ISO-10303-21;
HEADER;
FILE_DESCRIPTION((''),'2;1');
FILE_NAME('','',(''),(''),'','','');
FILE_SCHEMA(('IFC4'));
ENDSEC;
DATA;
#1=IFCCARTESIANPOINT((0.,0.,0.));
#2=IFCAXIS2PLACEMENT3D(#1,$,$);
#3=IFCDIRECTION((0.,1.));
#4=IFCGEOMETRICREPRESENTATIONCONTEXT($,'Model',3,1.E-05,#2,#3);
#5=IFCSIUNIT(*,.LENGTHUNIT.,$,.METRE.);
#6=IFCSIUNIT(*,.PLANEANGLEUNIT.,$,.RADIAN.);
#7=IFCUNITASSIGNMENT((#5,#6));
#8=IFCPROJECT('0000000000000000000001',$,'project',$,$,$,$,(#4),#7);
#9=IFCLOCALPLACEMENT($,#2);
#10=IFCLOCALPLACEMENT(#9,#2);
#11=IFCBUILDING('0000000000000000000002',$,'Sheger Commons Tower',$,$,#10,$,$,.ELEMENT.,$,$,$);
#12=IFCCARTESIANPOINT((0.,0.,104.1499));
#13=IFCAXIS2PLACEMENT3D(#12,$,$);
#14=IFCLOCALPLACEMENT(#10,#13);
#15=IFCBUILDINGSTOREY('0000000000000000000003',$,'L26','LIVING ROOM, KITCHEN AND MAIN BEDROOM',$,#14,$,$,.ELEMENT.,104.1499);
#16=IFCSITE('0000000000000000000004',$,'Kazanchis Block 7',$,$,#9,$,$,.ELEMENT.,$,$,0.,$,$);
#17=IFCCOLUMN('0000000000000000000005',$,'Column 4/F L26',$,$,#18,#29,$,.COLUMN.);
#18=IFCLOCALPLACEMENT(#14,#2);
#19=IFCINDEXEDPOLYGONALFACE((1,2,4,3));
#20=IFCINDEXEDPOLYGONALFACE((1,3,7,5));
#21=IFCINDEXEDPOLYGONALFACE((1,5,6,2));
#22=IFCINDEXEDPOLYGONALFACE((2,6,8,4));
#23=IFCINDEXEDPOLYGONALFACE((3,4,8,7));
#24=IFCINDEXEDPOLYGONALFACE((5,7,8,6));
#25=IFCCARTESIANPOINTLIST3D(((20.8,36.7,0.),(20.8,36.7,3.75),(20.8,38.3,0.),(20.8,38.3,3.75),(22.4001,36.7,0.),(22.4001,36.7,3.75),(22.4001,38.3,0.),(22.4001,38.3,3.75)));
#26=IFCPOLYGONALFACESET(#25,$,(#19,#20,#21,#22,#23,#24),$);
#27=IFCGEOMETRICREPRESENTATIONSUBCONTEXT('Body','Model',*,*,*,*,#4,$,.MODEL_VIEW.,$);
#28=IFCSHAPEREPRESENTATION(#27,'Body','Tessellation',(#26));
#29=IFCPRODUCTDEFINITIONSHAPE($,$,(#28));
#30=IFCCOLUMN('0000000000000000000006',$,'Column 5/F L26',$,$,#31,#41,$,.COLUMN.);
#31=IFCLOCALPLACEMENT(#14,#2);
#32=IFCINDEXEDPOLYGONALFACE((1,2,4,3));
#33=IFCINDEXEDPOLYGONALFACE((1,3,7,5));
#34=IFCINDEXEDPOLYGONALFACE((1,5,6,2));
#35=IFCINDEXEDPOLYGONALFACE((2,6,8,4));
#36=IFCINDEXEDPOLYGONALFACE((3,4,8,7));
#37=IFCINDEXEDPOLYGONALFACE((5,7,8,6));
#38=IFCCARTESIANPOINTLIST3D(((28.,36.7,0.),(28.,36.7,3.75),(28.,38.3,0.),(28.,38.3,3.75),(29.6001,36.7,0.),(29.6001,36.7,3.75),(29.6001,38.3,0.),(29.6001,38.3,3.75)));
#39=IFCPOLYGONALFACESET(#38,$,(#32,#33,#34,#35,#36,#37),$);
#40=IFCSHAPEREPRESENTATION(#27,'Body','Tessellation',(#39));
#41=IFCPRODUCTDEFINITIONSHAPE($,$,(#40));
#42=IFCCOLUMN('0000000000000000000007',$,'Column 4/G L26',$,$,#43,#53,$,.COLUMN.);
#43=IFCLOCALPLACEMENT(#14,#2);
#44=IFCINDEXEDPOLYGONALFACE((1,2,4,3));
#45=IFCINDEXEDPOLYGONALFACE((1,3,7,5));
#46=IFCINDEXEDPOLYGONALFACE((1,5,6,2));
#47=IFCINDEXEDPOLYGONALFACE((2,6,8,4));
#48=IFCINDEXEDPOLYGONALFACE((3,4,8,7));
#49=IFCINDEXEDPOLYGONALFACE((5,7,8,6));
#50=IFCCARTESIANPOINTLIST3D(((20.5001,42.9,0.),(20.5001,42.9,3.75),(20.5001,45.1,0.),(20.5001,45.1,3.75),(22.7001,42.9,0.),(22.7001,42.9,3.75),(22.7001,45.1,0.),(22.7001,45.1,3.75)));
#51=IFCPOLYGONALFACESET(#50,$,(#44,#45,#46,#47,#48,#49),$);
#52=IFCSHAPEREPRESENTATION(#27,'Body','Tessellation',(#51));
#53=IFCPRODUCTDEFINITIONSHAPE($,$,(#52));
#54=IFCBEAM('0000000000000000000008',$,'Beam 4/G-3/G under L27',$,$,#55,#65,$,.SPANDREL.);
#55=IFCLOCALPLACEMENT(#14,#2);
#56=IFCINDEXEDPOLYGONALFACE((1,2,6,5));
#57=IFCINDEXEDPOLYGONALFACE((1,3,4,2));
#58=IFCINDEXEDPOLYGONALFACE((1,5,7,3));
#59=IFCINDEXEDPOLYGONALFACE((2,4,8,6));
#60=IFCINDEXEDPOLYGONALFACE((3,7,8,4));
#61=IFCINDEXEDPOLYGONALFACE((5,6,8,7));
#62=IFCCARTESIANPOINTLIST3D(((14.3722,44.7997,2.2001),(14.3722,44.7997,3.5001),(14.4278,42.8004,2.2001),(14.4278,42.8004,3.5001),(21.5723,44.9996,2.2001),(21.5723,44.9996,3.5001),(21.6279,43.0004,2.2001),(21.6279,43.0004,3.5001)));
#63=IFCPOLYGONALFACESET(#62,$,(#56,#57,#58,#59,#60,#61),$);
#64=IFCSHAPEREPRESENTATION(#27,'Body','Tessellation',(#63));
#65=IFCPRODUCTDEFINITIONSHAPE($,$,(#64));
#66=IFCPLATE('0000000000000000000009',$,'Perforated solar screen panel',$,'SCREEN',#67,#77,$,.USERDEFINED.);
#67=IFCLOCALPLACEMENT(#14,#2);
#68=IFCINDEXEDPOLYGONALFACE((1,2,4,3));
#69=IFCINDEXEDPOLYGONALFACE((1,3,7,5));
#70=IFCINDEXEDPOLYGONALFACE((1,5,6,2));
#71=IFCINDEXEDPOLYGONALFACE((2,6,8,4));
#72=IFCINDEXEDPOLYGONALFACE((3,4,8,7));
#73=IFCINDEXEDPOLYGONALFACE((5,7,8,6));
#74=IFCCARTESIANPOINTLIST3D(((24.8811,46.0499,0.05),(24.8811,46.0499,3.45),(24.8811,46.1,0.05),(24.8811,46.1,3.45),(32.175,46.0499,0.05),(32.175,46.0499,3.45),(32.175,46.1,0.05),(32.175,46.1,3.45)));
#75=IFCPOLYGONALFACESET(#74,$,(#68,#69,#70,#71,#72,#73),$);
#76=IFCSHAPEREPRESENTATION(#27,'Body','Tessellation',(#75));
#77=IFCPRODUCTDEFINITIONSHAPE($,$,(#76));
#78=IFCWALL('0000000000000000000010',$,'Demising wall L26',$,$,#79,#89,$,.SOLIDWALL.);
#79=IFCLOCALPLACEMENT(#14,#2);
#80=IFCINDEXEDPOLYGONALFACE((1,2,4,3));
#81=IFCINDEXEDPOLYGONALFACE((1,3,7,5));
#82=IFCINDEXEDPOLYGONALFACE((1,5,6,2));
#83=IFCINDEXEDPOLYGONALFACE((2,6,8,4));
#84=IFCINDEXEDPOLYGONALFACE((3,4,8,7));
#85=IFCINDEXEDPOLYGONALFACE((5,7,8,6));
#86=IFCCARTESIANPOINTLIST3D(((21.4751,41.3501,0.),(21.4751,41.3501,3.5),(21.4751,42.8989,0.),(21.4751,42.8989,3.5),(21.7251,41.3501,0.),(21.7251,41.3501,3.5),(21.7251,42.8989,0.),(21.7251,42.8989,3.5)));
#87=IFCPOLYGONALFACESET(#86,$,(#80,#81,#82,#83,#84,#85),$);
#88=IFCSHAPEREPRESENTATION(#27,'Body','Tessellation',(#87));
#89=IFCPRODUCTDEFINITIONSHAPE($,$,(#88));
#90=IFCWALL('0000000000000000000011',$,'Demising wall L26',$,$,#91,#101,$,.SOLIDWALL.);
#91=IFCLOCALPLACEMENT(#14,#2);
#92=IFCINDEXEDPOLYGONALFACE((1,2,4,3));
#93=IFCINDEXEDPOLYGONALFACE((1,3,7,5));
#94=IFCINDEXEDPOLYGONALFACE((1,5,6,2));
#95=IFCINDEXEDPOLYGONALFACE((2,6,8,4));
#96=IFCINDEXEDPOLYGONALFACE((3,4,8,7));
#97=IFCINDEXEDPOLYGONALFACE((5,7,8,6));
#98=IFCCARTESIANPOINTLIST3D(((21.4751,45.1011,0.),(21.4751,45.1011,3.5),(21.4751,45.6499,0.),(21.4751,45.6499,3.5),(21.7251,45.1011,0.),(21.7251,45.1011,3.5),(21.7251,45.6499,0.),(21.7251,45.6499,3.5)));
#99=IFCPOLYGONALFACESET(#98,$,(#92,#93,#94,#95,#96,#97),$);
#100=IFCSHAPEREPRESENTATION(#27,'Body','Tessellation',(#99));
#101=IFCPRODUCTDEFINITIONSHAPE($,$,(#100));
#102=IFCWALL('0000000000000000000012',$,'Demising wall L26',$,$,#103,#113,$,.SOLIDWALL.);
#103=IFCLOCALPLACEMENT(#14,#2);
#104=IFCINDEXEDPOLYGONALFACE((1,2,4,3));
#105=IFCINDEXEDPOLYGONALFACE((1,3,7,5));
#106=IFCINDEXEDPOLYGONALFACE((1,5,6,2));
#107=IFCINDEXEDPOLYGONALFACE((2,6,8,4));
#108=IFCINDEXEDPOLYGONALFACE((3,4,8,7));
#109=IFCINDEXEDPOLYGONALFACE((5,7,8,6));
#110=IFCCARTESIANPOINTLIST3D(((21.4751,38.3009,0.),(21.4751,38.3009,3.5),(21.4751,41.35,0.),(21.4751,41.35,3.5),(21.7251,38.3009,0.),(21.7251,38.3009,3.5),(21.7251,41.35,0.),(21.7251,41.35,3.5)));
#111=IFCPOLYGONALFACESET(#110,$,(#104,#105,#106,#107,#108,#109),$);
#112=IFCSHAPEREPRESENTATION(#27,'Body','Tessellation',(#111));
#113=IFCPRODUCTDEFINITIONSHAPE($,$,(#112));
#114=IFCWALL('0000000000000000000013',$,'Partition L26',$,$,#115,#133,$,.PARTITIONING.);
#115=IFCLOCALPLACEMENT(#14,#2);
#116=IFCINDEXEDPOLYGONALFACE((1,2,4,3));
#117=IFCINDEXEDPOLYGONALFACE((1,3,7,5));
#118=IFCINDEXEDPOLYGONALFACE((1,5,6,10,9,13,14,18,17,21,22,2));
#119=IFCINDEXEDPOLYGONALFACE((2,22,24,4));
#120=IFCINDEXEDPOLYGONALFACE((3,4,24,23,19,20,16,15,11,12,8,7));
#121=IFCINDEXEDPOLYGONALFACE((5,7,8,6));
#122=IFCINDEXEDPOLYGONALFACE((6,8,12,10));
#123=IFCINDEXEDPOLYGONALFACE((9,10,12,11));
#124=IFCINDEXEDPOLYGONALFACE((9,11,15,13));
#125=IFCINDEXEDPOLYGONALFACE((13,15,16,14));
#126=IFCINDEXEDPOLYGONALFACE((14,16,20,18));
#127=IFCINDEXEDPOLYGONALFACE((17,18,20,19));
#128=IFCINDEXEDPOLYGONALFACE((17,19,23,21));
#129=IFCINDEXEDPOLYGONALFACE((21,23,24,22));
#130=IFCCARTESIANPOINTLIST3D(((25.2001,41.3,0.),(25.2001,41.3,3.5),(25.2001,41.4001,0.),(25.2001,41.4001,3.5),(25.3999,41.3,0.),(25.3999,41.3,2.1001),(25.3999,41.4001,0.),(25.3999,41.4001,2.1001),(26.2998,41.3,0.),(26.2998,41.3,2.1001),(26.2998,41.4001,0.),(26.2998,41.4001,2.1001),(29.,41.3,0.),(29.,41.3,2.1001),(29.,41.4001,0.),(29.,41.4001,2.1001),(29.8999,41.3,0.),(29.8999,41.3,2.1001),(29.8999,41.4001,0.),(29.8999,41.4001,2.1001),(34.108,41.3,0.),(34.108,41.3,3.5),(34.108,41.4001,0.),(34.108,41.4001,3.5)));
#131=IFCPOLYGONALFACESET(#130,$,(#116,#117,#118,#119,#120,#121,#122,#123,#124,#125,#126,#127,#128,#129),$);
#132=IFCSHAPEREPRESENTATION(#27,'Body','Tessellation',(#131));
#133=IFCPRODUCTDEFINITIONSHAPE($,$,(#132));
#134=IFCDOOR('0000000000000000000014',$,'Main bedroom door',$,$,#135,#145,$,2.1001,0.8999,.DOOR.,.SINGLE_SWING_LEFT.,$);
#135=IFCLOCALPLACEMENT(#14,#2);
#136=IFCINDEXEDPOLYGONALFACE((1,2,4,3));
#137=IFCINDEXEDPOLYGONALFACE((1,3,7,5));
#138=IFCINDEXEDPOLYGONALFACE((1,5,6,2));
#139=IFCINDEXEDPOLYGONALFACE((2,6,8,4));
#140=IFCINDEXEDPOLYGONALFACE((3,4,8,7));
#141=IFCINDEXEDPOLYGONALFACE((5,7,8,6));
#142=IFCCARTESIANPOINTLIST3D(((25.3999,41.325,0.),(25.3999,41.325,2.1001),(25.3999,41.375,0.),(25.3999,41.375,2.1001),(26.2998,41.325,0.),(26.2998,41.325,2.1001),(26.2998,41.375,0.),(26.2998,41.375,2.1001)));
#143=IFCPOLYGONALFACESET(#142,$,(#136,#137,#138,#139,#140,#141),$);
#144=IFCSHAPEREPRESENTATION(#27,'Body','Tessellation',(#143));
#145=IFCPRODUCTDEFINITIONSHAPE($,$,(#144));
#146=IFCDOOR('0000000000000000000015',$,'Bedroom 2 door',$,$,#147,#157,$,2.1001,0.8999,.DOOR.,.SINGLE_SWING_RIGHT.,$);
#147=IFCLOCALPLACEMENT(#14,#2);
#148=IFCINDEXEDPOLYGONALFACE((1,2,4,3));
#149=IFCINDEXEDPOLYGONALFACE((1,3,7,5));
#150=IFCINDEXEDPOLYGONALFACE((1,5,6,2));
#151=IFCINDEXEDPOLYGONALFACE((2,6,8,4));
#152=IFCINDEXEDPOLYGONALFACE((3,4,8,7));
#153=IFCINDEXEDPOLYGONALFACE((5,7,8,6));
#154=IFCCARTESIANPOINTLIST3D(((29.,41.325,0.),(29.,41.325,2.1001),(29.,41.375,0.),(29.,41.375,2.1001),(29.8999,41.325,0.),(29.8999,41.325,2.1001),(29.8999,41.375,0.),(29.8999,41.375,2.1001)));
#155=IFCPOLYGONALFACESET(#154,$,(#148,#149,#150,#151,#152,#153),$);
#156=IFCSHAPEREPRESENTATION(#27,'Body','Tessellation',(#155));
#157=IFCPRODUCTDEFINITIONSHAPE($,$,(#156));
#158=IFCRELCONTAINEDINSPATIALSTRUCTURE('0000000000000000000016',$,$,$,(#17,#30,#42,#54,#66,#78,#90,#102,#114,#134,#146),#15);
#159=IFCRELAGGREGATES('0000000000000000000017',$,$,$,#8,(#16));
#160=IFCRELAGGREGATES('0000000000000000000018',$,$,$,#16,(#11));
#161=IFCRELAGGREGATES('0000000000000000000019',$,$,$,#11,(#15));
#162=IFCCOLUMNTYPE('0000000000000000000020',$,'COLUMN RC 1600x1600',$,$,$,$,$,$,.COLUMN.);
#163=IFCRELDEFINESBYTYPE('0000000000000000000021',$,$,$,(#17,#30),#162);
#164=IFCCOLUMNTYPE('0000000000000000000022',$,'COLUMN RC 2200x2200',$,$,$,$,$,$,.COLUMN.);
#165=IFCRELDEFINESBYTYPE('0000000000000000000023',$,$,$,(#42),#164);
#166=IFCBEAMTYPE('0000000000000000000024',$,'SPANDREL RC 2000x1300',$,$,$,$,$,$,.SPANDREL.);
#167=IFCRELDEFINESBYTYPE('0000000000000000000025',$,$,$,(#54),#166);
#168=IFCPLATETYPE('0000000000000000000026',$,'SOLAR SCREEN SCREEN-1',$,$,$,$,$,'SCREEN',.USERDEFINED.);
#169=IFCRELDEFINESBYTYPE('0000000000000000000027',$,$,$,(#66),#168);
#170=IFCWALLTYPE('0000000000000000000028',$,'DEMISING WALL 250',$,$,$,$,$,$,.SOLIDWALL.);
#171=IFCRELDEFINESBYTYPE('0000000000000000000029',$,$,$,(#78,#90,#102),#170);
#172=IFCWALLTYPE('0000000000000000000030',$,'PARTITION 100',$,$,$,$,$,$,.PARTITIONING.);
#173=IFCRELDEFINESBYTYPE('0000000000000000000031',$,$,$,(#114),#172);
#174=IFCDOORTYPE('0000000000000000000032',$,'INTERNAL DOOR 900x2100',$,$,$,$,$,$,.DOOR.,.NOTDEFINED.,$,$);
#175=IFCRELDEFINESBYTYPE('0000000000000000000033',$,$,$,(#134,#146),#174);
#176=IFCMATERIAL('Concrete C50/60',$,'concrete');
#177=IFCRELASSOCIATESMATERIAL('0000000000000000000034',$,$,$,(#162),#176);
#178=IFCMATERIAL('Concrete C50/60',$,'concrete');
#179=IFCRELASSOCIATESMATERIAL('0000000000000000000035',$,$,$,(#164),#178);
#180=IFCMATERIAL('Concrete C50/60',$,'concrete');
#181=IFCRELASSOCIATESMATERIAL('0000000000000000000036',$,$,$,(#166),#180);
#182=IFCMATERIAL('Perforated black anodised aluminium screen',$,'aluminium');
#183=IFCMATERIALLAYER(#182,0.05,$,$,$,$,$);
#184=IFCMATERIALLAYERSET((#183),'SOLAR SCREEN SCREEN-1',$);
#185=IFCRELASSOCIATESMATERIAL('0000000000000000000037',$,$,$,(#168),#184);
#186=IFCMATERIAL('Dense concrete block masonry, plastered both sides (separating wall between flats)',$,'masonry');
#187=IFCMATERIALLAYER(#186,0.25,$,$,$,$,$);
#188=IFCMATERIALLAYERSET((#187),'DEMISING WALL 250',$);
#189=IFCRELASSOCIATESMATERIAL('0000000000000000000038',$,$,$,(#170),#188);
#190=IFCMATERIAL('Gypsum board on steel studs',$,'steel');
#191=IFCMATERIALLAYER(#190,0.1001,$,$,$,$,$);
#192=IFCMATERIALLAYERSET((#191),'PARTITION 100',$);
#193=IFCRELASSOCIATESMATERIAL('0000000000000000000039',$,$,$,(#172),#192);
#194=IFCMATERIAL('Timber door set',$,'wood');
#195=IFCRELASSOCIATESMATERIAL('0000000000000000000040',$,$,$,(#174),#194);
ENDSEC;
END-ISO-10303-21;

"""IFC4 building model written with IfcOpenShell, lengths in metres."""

from ifc_helpers import new_model, si_unit, direction, frame, frame_2d, origin, origin_2d, place, context, subcontext, project, spatial, rectangle, extrude, material, layer, layer_set, material_profile, profile_set, type_object, element, fill, save


model = new_model("IFC4")

# Units and contexts
model_context = context("Model", 3, precision=1e-05, world=origin(), true_north=direction((0.0, 1.0)))
body_context = subcontext(model_context, "Body", "Model", "MODEL_VIEW")
ifc_project = project(units=[si_unit("LENGTHUNIT", "METRE"), si_unit("PLANEANGLEUNIT", "RADIAN")], contexts=[model_context])

# Site, building, storey
site_placement = place(None, origin())
site = spatial("IfcSite", under=ifc_project, at=site_placement, Name="Kazanchis Block 7", CompositionType="ELEMENT", RefElevation=0.0)
building_placement = place(site_placement, origin())
building = spatial("IfcBuilding", under=site, at=building_placement, Name="Sheger Commons Tower", CompositionType="ELEMENT")
storey_placement = place(building_placement, frame((0.0, 0.0, 104.1499)))
storey = spatial("IfcBuildingStorey", under=building, at=storey_placement, Name="L26", Description="LIVING ROOM, KITCHEN AND MAIN BEDROOM", CompositionType="ELEMENT", Elevation=104.1499)

# Columns
ifc_material_1 = material(Name="Concrete C50/60", Category="concrete")
ifc_material_profile_1 = material_profile(ifc_material_1, rectangle(XDim=1.6001, YDim=1.6001, at=origin_2d()), Name="RC 1600x1600")
ifc_profile_set_1 = profile_set([ifc_material_profile_1], Name="Concrete C50/60")
column_type_1 = type_object("IfcColumnType", Name="COLUMN RC 1600x1600", PredefinedType="COLUMN", material=ifc_profile_set_1)
for number, where, z_axis, x_axis, name in (
    (1, (21.6001, 37.5, 0.0), (0.0, 0.0, 1.0), (1.0, 0.0, 0.0), "Column 4/F L26"),
    (2, (28.8, 37.5, 0.0), (0.0, 0.0, 1.0), (1.0, 0.0, 0.0), "Column 5/F L26"),
):
    element("IfcColumn", number, at=place(storey_placement, frame(where, z_axis=z_axis, x_axis=x_axis)), inside=storey, type_object=column_type_1, Name=name, PredefinedType="COLUMN", context=body_context, shape_type="SweptSolid", body=[
        extrude(rectangle(XDim=1.6001, YDim=1.6001, at=origin_2d()), origin(), (0.0, 0.0, 1.0), 3.75),
    ])
ifc_material_2 = material(Name="Concrete C50/60", Category="concrete")
ifc_material_profile_2 = material_profile(ifc_material_2, rectangle(XDim=2.2, YDim=2.2, at=origin_2d()), Name="RC 2200x2200")
ifc_profile_set_2 = profile_set([ifc_material_profile_2], Name="Concrete C50/60")
column_type_2 = type_object("IfcColumnType", Name="COLUMN RC 2200x2200", PredefinedType="COLUMN", material=ifc_profile_set_2)
column_placement = place(storey_placement, frame((21.6001, 44.0, 0.0), z_axis=(0.0, 0.0, 1.0), x_axis=(1.0, 0.0, 0.0)))
element("IfcColumn", 3, at=column_placement, inside=storey, type_object=column_type_2, Name="Column 4/G L26", PredefinedType="COLUMN", context=body_context, shape_type="SweptSolid", body=[
    extrude(rectangle(XDim=2.2, YDim=2.2, at=origin_2d()), origin(), (0.0, 0.0, 1.0), 3.75),
])

# Beam
ifc_material_3 = material(Name="Concrete C50/60", Category="concrete")
ifc_material_profile_3 = material_profile(ifc_material_3, rectangle(XDim=2.0, YDim=1.3, at=origin_2d()), Name="RC 2000x1300")
ifc_profile_set_3 = profile_set([ifc_material_profile_3], Name="Concrete C50/60")
beam_type = type_object("IfcBeamType", Name="SPANDREL RC 2000x1300", PredefinedType="SPANDREL", material=ifc_profile_set_3)
beam_placement = place(storey_placement, frame((21.6001, 44.0, 2.8501), z_axis=(-0.999615, -0.02776, 0.0), x_axis=(0.02776, -0.999615, 0.0)))
element("IfcBeam", 4, at=beam_placement, inside=storey, type_object=beam_type, Name="Beam 4/G-3/G under L27", PredefinedType="SPANDREL", context=body_context, shape_type="SweptSolid", body=[
    extrude(rectangle(XDim=2.0, YDim=1.3, at=origin_2d()), origin(), (0.0, 0.0, 1.0), 7.2029),
])

# Plate
ifc_material_4 = material(Name="Perforated black anodised aluminium screen", Category="aluminium")
ifc_layer_1 = layer(ifc_material_4, 0.05)
ifc_layer_set_1 = layer_set([ifc_layer_1], Name="SOLAR SCREEN SCREEN-1")
plate_type = type_object("IfcPlateType", Name="SOLAR SCREEN SCREEN-1", ElementType="SCREEN", PredefinedType="USERDEFINED", material=ifc_layer_set_1)
plate_placement = place(storey_placement, frame((28.5281, 46.075, 0.05), z_axis=(0.0, 0.0, 1.0), x_axis=(-1.0, 0.0, 0.0)))
element("IfcPlate", 5, at=plate_placement, inside=storey, type_object=plate_type, Name="Perforated solar screen panel", ObjectType="SCREEN", PredefinedType="USERDEFINED", context=body_context, shape_type="SweptSolid", body=[
    extrude(rectangle(XDim=7.2939, YDim=0.05, at=origin_2d()), origin(), (0.0, 0.0, 1.0), 3.3999),
])

# Walls
ifc_material_5 = material(Name="Dense concrete block masonry, plastered both sides (separating wall between flats)", Category="masonry")
ifc_layer_2 = layer(ifc_material_5, 0.25)
ifc_layer_set_2 = layer_set([ifc_layer_2], Name="DEMISING WALL 250")
wall_type_1 = type_object("IfcWallType", Name="DEMISING WALL 250", PredefinedType="SOLIDWALL", material=ifc_layer_set_2)
wall_1_placement = place(storey_placement, frame((21.6001, 41.3501, 0.0), z_axis=(0.0, 0.0, 1.0), x_axis=(0.0, 1.0, 0.0)))
element("IfcWall", 6, at=wall_1_placement, inside=storey, type_object=wall_type_1, Name="Demising wall L26", PredefinedType="SOLIDWALL", context=body_context, shape_type="SweptSolid", body=[
    extrude(rectangle(XDim=1.5488, YDim=0.25, at=frame_2d((0.7744, 0.0))), origin(), (0.0, 0.0, 1.0), 3.5),
])
wall_2_placement = place(storey_placement, frame((21.6001, 45.1011, 0.0), z_axis=(0.0, 0.0, 1.0), x_axis=(0.0, 1.0, 0.0)))
element("IfcWall", 7, at=wall_2_placement, inside=storey, type_object=wall_type_1, Name="Demising wall L26", PredefinedType="SOLIDWALL", context=body_context, shape_type="SweptSolid", body=[
    extrude(rectangle(XDim=0.5488, YDim=0.25, at=frame_2d((0.2744, 0.0))), origin(), (0.0, 0.0, 1.0), 3.5),
])
wall_3_placement = place(storey_placement, frame((21.6001, 38.301, 0.0), z_axis=(0.0, 0.0, 1.0), x_axis=(0.0, 1.0, 0.0)))
element("IfcWall", 8, at=wall_3_placement, inside=storey, type_object=wall_type_1, Name="Demising wall L26", PredefinedType="SOLIDWALL", context=body_context, shape_type="SweptSolid", body=[
    extrude(rectangle(XDim=3.0491, YDim=0.25, at=frame_2d((1.5244, 0.0))), origin(), (0.0, 0.0, 1.0), 3.5),
])

# Wall, openings, doors
ifc_material_6 = material(Name="Gypsum board on steel studs", Category="steel")
ifc_layer_3 = layer(ifc_material_6, 0.1001)
ifc_layer_set_3 = layer_set([ifc_layer_3], Name="PARTITION 100")
wall_type_2 = type_object("IfcWallType", Name="PARTITION 100", PredefinedType="PARTITIONING", material=ifc_layer_set_3)
wall_4_placement = place(storey_placement, frame((25.2, 41.3501, 0.0), z_axis=(0.0, 0.0, 1.0), x_axis=(1.0, 0.0, 0.0)))
wall_4 = element("IfcWall", 9, at=wall_4_placement, inside=storey, type_object=wall_type_2, Name="Partition L26", PredefinedType="PARTITIONING", context=body_context, shape_type="SweptSolid", body=[
    extrude(rectangle(XDim=8.908, YDim=0.1001, at=frame_2d((4.4541, 0.0))), origin(), (0.0, 0.0, 1.0), 3.5),
])
opening_1_placement = place(wall_4_placement, frame((0.2, 0.0, 0.0)))
opening_1 = element("IfcOpeningElement", 10, at=opening_1_placement, cuts=wall_4, PredefinedType="OPENING", context=body_context, shape_type="SweptSolid", body=[
    extrude(rectangle(XDim=0.8999, YDim=2.1001, at=frame_2d((0.45, 1.05))), frame((0.0, 0.0601, 0.0), z_axis=(0.0, -1.0, 0.0), x_axis=(1.0, 0.0, 0.0)), (0.0, 0.0, 1.0), 0.1201),
])
opening_2_placement = place(wall_4_placement, frame((3.8, 0.0, 0.0)))
opening_2 = element("IfcOpeningElement", 11, at=opening_2_placement, cuts=wall_4, PredefinedType="OPENING", context=body_context, shape_type="SweptSolid", body=[
    extrude(rectangle(XDim=0.8999, YDim=2.1001, at=frame_2d((0.45, 1.05))), frame((0.0, 0.0601, 0.0), z_axis=(0.0, -1.0, 0.0), x_axis=(1.0, 0.0, 0.0)), (0.0, 0.0, 1.0), 0.1201),
])
ifc_material_7 = material(Name="Timber door set", Category="wood")
door_type = type_object("IfcDoorType", Name="INTERNAL DOOR 900x2100", OperationType="NOTDEFINED", PredefinedType="DOOR", material=ifc_material_7)
door_1_placement = place(opening_1_placement, origin())
door_1 = element("IfcDoor", 12, at=door_1_placement, inside=storey, type_object=door_type, Name="Main bedroom door", OperationType="SINGLE_SWING_LEFT", OverallHeight=2.1001, OverallWidth=0.8999, PredefinedType="DOOR", context=body_context, shape_type="SweptSolid", body=[
    extrude(rectangle(XDim=0.8999, YDim=2.1001, at=frame_2d((0.45, 1.05))), frame((0.0, 0.0249, 0.0), z_axis=(0.0, -1.0, 0.0), x_axis=(1.0, 0.0, 0.0)), (0.0, 0.0, 1.0), 0.05),
])
fill(opening_1, door_1)
door_2_placement = place(opening_2_placement, origin())
door_2 = element("IfcDoor", 13, at=door_2_placement, inside=storey, type_object=door_type, Name="Bedroom 2 door", OperationType="SINGLE_SWING_RIGHT", OverallHeight=2.1001, OverallWidth=0.8999, PredefinedType="DOOR", context=body_context, shape_type="SweptSolid", body=[
    extrude(rectangle(XDim=0.8999, YDim=2.1001, at=frame_2d((0.45, 1.05))), frame((0.0, 0.0249, 0.0), z_axis=(0.0, -1.0, 0.0), x_axis=(1.0, 0.0, 0.0)), (0.0, 0.0, 1.0), 0.05),
])
fill(opening_2, door_2)

save(model, "model.ifc")
